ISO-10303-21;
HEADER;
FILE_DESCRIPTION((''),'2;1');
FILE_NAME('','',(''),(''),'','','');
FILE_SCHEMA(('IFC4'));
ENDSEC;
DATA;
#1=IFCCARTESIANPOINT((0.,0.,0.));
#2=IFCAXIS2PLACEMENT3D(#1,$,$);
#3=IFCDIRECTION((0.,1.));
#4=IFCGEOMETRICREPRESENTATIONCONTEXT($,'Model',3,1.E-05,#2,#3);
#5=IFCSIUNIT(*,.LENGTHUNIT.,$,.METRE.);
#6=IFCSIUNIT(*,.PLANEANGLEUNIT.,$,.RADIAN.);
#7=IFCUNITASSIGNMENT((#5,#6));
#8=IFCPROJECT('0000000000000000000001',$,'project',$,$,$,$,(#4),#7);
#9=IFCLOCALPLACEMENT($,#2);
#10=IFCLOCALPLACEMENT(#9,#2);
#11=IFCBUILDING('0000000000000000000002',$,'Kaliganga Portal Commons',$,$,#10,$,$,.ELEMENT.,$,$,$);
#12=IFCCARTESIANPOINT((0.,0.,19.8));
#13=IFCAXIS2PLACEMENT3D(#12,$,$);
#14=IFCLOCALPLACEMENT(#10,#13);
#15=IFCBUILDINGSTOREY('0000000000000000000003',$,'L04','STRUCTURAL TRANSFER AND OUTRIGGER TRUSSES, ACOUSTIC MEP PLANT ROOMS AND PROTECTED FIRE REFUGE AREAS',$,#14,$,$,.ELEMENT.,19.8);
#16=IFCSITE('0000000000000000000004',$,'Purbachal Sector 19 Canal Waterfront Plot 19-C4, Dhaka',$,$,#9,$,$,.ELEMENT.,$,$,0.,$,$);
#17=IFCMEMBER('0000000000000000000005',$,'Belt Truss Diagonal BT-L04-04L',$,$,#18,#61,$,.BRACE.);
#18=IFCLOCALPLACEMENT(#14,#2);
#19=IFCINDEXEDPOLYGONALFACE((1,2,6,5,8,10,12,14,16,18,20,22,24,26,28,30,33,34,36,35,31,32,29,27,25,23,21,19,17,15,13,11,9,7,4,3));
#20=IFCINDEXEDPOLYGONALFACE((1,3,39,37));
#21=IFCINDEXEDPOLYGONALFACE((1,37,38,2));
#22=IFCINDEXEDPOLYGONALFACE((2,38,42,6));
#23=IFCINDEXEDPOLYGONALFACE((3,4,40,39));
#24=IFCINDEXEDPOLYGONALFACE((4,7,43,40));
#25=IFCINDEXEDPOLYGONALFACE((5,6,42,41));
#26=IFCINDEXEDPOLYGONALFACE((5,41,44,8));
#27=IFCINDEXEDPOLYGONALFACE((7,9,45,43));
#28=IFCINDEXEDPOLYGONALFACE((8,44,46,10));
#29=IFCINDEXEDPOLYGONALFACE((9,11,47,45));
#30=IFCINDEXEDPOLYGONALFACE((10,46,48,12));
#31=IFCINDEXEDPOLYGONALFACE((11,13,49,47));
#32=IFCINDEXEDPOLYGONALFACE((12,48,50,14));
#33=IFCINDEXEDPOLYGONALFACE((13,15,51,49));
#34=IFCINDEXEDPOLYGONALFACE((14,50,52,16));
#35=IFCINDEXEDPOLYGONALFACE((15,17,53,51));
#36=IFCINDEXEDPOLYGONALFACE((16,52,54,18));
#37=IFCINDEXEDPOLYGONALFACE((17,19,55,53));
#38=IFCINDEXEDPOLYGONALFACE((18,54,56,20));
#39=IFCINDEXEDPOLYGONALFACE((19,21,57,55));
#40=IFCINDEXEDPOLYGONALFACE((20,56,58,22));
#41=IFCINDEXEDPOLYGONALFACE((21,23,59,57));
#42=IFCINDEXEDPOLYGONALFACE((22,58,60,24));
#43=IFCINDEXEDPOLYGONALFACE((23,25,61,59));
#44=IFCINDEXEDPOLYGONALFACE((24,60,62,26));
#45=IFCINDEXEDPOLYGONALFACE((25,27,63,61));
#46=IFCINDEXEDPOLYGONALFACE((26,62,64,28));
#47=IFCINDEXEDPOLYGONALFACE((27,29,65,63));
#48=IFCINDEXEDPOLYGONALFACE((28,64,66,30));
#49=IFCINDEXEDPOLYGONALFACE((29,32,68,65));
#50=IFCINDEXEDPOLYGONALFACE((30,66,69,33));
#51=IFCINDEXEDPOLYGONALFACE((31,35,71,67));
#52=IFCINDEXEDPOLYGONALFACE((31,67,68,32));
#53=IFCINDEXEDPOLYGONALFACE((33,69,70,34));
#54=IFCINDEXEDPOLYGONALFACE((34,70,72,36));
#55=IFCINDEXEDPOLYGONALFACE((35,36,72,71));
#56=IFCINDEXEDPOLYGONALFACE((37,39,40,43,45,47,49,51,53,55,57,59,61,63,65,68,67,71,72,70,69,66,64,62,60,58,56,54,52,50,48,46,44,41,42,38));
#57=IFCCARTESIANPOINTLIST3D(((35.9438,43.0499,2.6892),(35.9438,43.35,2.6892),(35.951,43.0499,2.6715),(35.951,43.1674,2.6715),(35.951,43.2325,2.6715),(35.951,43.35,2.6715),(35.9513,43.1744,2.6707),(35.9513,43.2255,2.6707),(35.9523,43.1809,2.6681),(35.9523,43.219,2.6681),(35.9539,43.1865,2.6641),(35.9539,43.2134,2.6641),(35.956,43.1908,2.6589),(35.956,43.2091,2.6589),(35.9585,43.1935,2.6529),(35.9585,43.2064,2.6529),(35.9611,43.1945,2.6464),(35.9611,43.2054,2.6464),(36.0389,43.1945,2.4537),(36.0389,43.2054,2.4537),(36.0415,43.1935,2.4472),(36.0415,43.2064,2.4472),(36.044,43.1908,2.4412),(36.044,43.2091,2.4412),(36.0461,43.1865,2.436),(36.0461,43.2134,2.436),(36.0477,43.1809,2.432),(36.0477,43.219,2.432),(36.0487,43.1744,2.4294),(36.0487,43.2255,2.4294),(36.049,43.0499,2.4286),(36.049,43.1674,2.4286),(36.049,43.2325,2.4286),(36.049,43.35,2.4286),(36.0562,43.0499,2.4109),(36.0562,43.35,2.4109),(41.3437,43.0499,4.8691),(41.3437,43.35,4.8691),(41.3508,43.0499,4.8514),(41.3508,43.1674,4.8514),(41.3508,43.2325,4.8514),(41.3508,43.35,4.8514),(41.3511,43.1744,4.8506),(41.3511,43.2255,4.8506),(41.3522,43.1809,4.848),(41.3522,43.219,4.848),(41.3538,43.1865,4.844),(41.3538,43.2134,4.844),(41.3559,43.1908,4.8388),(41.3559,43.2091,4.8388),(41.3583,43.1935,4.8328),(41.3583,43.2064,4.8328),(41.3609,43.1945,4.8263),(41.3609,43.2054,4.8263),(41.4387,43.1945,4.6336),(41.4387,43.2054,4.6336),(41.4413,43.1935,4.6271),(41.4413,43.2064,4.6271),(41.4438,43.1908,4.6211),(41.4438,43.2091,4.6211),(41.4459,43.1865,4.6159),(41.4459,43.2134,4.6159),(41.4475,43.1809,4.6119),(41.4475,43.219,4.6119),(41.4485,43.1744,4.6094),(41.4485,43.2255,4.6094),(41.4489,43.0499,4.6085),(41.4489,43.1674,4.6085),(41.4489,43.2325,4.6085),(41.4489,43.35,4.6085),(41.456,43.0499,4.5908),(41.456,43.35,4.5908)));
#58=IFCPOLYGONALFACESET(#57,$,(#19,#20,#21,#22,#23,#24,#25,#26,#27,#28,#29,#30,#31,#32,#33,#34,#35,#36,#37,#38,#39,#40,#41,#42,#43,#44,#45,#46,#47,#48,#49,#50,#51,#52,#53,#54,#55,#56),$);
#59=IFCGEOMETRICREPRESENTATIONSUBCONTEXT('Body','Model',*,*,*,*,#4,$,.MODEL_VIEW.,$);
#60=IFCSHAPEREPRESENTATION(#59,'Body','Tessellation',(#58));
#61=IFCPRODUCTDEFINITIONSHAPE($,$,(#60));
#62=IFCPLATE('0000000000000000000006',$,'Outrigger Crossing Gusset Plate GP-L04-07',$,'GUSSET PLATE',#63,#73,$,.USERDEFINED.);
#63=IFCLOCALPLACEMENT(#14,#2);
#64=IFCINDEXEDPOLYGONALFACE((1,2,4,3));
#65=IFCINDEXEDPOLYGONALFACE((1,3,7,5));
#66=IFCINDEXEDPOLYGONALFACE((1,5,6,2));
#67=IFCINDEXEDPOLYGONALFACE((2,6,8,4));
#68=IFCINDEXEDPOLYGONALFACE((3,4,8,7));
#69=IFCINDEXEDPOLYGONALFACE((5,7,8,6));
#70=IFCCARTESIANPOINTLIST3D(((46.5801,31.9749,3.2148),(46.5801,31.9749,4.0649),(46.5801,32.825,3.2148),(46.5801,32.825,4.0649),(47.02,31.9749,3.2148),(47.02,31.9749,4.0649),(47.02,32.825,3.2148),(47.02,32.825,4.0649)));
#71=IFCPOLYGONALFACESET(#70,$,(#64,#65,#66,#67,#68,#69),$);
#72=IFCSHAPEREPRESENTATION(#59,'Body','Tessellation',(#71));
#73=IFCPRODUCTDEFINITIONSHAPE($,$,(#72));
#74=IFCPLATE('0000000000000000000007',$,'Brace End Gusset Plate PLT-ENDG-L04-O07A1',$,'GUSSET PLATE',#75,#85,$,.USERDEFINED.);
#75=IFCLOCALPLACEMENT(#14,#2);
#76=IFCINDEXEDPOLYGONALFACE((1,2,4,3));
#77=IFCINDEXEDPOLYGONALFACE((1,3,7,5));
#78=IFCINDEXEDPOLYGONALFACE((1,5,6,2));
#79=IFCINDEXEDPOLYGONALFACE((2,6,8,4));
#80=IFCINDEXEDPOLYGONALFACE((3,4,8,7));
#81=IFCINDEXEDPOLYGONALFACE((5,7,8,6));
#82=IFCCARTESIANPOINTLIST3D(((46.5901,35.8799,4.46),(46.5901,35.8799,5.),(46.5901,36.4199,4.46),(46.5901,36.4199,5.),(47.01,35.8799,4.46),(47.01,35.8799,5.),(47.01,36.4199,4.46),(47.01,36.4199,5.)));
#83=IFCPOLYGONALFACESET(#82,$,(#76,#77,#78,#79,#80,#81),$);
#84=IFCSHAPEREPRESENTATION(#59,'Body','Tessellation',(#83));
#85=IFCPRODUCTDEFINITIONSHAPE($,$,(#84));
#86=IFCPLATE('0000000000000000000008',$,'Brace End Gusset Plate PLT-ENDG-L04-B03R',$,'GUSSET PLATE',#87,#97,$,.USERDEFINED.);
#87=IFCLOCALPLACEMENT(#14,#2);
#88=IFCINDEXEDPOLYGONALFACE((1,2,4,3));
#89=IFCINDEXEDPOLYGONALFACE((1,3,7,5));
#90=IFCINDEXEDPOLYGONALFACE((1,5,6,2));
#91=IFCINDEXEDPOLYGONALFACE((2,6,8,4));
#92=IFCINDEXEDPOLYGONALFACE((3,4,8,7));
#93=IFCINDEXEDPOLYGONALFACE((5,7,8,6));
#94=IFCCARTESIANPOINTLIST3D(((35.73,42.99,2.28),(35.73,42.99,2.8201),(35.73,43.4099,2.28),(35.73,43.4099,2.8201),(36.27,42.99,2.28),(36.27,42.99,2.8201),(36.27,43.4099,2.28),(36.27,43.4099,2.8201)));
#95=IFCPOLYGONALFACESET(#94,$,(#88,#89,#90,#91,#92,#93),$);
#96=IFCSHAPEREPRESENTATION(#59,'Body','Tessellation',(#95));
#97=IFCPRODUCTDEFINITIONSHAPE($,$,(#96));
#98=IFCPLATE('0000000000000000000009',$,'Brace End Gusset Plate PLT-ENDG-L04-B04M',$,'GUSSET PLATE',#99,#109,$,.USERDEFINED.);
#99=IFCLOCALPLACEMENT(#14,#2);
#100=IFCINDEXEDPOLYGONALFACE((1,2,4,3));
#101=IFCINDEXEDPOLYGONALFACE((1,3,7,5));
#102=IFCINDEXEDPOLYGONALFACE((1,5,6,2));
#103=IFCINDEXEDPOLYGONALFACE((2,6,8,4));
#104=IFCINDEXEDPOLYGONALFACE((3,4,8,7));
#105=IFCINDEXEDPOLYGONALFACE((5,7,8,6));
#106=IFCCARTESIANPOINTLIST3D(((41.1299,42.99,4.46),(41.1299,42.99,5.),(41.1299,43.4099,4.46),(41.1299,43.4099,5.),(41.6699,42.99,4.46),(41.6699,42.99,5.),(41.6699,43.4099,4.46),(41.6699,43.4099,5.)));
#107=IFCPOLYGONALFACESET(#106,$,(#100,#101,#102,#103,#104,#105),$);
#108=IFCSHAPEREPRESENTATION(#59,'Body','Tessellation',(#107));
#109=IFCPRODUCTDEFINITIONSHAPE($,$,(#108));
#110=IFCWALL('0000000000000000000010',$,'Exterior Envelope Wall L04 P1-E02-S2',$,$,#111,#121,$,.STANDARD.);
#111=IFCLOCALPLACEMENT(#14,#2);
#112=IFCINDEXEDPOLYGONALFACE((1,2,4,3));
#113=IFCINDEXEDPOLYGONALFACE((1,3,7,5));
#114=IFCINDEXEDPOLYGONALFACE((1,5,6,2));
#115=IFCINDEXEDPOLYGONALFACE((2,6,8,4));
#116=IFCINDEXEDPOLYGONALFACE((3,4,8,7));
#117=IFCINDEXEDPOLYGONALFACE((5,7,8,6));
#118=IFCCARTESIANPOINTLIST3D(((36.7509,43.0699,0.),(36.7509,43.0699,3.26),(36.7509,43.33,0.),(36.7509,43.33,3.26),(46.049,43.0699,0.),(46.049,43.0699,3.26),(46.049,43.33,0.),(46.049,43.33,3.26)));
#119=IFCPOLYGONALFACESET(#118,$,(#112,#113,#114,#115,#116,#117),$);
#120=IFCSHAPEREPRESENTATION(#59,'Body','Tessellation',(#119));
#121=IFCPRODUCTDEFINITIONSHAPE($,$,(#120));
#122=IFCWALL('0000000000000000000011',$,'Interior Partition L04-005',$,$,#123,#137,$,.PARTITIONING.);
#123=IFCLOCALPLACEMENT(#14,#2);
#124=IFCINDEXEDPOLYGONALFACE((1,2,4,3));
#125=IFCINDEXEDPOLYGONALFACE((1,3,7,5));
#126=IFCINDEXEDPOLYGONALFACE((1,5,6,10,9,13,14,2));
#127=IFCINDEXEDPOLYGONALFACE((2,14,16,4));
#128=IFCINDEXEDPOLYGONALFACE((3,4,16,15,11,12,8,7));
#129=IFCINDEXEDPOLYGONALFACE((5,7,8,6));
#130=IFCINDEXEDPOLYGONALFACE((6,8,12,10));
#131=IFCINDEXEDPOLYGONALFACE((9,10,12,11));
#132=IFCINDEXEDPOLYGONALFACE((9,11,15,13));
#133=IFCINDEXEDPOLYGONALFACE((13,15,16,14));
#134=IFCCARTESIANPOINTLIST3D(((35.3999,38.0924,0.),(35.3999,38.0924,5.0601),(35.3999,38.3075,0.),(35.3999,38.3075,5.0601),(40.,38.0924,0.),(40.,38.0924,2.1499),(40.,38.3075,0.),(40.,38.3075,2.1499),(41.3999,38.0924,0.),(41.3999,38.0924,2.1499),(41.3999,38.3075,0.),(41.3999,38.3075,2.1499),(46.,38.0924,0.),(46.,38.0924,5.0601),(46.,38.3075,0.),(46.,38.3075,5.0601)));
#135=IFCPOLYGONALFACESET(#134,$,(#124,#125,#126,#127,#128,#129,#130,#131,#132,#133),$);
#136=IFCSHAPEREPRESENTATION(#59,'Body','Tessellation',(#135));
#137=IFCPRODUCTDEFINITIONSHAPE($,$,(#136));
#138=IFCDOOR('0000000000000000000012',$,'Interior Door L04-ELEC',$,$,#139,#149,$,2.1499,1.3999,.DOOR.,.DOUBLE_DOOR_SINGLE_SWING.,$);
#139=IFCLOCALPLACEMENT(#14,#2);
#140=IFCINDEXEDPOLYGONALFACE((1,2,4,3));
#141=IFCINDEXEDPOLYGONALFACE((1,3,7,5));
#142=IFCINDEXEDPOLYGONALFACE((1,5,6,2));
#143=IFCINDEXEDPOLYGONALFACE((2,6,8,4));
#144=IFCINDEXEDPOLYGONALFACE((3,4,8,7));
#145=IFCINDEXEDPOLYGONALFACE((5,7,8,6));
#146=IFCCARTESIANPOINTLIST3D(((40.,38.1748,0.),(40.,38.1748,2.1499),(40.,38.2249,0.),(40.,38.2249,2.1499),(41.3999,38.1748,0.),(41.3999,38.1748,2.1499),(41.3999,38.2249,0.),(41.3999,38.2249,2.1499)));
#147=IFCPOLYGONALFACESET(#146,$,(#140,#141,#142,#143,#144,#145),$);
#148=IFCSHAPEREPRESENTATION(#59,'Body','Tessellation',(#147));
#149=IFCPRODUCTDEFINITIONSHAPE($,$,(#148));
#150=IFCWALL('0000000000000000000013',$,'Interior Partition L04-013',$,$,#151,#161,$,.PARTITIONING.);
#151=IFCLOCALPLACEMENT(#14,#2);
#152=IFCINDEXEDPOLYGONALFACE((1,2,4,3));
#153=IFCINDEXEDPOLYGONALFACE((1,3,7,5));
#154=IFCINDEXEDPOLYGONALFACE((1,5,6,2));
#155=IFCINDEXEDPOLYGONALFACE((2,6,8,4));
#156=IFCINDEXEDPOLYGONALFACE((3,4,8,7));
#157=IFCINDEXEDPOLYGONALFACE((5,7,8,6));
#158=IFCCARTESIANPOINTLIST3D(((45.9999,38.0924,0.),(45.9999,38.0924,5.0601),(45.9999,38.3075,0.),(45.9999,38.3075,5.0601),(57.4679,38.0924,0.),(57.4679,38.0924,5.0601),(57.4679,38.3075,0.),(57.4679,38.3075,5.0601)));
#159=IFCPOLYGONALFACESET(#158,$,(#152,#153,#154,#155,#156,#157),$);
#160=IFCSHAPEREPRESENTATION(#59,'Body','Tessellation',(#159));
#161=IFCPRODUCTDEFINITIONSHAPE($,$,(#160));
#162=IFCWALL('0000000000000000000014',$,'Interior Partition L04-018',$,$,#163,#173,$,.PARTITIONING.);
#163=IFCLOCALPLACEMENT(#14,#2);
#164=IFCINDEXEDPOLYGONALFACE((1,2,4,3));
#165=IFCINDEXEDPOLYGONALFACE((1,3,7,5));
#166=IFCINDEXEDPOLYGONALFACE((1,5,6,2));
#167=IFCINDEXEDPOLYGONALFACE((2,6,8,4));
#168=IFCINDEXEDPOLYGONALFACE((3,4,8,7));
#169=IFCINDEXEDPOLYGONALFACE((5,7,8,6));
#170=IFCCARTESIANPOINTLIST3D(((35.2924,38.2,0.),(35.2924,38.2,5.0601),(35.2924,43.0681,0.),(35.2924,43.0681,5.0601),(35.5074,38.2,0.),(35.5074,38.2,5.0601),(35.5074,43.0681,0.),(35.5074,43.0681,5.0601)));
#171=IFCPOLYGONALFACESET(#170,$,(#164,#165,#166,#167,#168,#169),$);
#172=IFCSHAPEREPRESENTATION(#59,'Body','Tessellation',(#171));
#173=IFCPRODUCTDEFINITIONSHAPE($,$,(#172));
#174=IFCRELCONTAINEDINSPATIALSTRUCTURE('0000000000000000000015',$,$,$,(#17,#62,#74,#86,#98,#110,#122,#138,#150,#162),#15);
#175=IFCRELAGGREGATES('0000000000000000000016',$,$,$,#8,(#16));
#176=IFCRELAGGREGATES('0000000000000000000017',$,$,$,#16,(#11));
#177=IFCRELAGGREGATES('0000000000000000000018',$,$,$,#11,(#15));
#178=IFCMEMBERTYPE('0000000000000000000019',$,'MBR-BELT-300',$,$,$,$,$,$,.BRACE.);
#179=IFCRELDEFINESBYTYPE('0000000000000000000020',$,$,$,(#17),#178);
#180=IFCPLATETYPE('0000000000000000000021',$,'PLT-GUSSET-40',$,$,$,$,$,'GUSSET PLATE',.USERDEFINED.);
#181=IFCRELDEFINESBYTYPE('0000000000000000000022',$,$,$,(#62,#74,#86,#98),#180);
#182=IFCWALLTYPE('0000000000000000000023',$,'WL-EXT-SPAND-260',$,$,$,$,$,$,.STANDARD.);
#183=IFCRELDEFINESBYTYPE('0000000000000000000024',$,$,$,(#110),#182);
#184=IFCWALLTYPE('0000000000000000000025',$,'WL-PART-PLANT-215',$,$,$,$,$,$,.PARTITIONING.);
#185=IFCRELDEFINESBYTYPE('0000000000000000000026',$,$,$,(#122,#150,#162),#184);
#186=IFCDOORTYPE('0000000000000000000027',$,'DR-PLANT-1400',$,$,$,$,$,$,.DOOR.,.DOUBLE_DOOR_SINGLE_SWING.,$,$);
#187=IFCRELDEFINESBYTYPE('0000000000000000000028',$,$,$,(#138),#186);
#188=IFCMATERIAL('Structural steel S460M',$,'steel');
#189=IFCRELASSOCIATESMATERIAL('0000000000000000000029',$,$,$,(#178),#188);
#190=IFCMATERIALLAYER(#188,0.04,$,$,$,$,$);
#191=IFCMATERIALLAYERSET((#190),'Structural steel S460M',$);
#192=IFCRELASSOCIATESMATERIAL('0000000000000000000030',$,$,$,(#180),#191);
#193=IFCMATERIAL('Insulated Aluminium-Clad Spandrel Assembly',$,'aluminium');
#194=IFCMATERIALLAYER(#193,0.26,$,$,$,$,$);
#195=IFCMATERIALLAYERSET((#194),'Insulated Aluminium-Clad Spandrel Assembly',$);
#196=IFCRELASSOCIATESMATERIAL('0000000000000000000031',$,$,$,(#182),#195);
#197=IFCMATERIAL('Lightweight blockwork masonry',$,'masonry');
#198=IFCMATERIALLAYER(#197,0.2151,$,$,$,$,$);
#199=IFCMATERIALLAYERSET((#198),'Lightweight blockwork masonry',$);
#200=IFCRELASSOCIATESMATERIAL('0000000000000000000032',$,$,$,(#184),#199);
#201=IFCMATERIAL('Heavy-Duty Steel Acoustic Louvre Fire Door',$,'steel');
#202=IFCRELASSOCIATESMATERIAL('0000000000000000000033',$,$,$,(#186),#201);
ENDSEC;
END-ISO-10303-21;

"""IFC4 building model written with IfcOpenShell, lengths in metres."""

from ifc_helpers import new_model, si_unit, direction, frame, frame_2d, origin, origin_2d, place, context, subcontext, project, spatial, rectangle, i_section, extrude, source, transform, mapped, material, layer, layer_set, material_profile, profile_set, type_object, element, fill, save


model = new_model("IFC4")

# Units and contexts
model_context = context("Model", 3, precision=1e-05, world=origin(), true_north=direction((0.0, 1.0)))
body_context = subcontext(model_context, "Body", "Model", "MODEL_VIEW")
ifc_project = project(units=[si_unit("LENGTHUNIT", "METRE"), si_unit("PLANEANGLEUNIT", "RADIAN")], contexts=[model_context])

# Site, building, storey
site_placement = place(None, origin())
site = spatial("IfcSite", under=ifc_project, at=site_placement, Name="Purbachal Sector 19 Canal Waterfront Plot 19-C4, Dhaka", CompositionType="ELEMENT", RefElevation=0.0)
building_placement = place(site_placement, origin())
building = spatial("IfcBuilding", under=site, at=building_placement, Name="Kaliganga Portal Commons", CompositionType="ELEMENT")
storey_placement = place(building_placement, frame((0.0, 0.0, 19.8)))
storey = spatial("IfcBuildingStorey", under=building, at=storey_placement, Name="L04", Description="STRUCTURAL TRANSFER AND OUTRIGGER TRUSSES, ACOUSTIC MEP PLANT ROOMS AND PROTECTED FIRE REFUGE AREAS", CompositionType="ELEMENT", Elevation=19.8)

# Member
ifc_material_1 = material(Name="Structural steel S460M", Category="steel")
ifc_material_profile_1 = material_profile(ifc_material_1, i_section(OverallWidth=0.3, OverallDepth=0.3, WebThickness=0.011, FlangeThickness=0.019, FilletRadius=0.0271, at=origin_2d()), Name="HE 300 B")
ifc_profile_set_1 = profile_set([ifc_material_profile_1], Name="Structural steel S460M wide-flange")
member_type_1 = type_object("IfcMemberType", Name="MBR-BELT-300", PredefinedType="BRACE", material=ifc_profile_set_1)
shared_shape_1 = source(origin(), body_context, "Body", "SweptSolid", [
    extrude(i_section(OverallWidth=0.3, OverallDepth=0.3, WebThickness=0.011, FlangeThickness=0.019, FilletRadius=0.0271, at=origin_2d()), origin(), (0.0, 0.0, 1.0), 5.8232),
])
member_1_placement = place(storey_placement, frame((36.0, 43.2, 2.55), z_axis=(0.927289, 0.0, 0.374345), x_axis=(0.0, 1.0, 0.0)))
element("IfcMember", 1, at=member_1_placement, inside=storey, type_object=member_type_1, Name="Belt Truss Diagonal BT-L04-04L", PredefinedType="BRACE", context=body_context, shape_type="MappedRepresentation", body=[
    mapped(shared_shape_1, transform((0.0, 0.0, 0.0), x_axis=(1.0, 0.0, 0.0), y_axis=(0.0, 1.0, 0.0), z_axis=(0.0, 0.0, 1.0), scale=1.0)),
])

# Plates
ifc_layer_1 = layer(ifc_material_1, 0.04)
ifc_layer_set_1 = layer_set([ifc_layer_1], Name="Structural steel S460M")
plate_type = type_object("IfcPlateType", Name="PLT-GUSSET-40", ElementType="GUSSET PLATE", PredefinedType="USERDEFINED", material=ifc_layer_set_1)
shared_shape_2 = source(origin(), body_context, "Body", "SweptSolid", [
    extrude(rectangle(XDim=0.8501, YDim=0.4399, at=origin_2d()), origin(), (0.0, 0.0, 1.0), 0.8501),
])
plate_placement = place(storey_placement, frame((46.8, 32.3999, 3.2148), z_axis=(0.0, 0.0, 1.0), x_axis=(0.0, 1.0, 0.0)))
element("IfcPlate", 2, at=plate_placement, inside=storey, type_object=plate_type, Name="Outrigger Crossing Gusset Plate GP-L04-07", ObjectType="GUSSET PLATE", PredefinedType="USERDEFINED", context=body_context, shape_type="MappedRepresentation", body=[
    mapped(shared_shape_2, transform((0.0, 0.0, 0.0), x_axis=(1.0, 0.0, 0.0), y_axis=(0.0, 1.0, 0.0), z_axis=(0.0, 0.0, 1.0), scale=1.0)),
])
shared_shape_3 = source(origin(), body_context, "Body", "SweptSolid", [
    extrude(rectangle(XDim=0.54, YDim=0.4199, at=origin_2d()), origin(), (0.0, 0.0, 1.0), 0.54),
])
for number, where, z_axis, x_axis, name in (
    (3, (46.8, 36.1499, 4.46), (0.0, 0.0, 1.0), (0.0, 1.0, 0.0), "Brace End Gusset Plate PLT-ENDG-L04-O07A1"),
    (4, (36.0, 43.2, 2.28), (0.0, 0.0, 1.0), (1.0, 0.0, 0.0), "Brace End Gusset Plate PLT-ENDG-L04-B03R"),
    (5, (41.3999, 43.2, 4.46), (0.0, 0.0, 1.0), (1.0, 0.0, 0.0), "Brace End Gusset Plate PLT-ENDG-L04-B04M"),
):
    element("IfcPlate", number, at=place(storey_placement, frame(where, z_axis=z_axis, x_axis=x_axis)), inside=storey, type_object=plate_type, Name=name, ObjectType="GUSSET PLATE", PredefinedType="USERDEFINED", context=body_context, shape_type="MappedRepresentation", body=[
        mapped(shared_shape_3, transform((0.0, 0.0, 0.0), x_axis=(1.0, 0.0, 0.0), y_axis=(0.0, 1.0, 0.0), z_axis=(0.0, 0.0, 1.0), scale=1.0)),
    ])

# Wall
ifc_material_2 = material(Name="Insulated Aluminium-Clad Spandrel Assembly", Category="aluminium")
ifc_layer_2 = layer(ifc_material_2, 0.26)
ifc_layer_set_2 = layer_set([ifc_layer_2], Name="Insulated Aluminium-Clad Spandrel Assembly")
wall_type_1 = type_object("IfcWallType", Name="WL-EXT-SPAND-260", PredefinedType="STANDARD", material=ifc_layer_set_2)
wall_1_placement = place(storey_placement, frame((36.751, 43.2, 0.0), z_axis=(0.0, 0.0, 1.0), x_axis=(1.0, 0.0, 0.0)))
element("IfcWall", 6, at=wall_1_placement, inside=storey, type_object=wall_type_1, Name="Exterior Envelope Wall L04 P1-E02-S2", PredefinedType="STANDARD", context=body_context, shape_type="SweptSolid", body=[
    extrude(rectangle(XDim=9.2981, YDim=0.26, at=frame_2d((4.6489, 0.0))), origin(), (0.0, 0.0, 1.0), 3.26),
])

# Wall, opening, door
ifc_material_3 = material(Name="Lightweight blockwork masonry", Category="masonry")
ifc_layer_3 = layer(ifc_material_3, 0.2151)
ifc_layer_set_3 = layer_set([ifc_layer_3], Name="Lightweight blockwork masonry")
wall_type_2 = type_object("IfcWallType", Name="WL-PART-PLANT-215", PredefinedType="PARTITIONING", material=ifc_layer_set_3)
wall_2_placement = place(storey_placement, frame((35.3999, 38.2, 0.0), z_axis=(0.0, 0.0, 1.0), x_axis=(1.0, 0.0, 0.0)))
wall_2 = element("IfcWall", 7, at=wall_2_placement, inside=storey, type_object=wall_type_2, Name="Interior Partition L04-005", PredefinedType="PARTITIONING", context=body_context, shape_type="SweptSolid", body=[
    extrude(rectangle(XDim=10.6001, YDim=0.2151, at=frame_2d((5.3, 0.0))), origin(), (0.0, 0.0, 1.0), 5.0601),
])
opening_placement = place(wall_2_placement, frame((4.6001, 0.0, 0.0)))
opening = element("IfcOpeningElement", 8, at=opening_placement, cuts=wall_2, PredefinedType="OPENING", context=body_context, shape_type="SweptSolid", body=[
    extrude(rectangle(XDim=1.3999, YDim=2.1499, at=frame_2d((0.7, 1.075))), frame((0.0, 0.1177, 0.0), z_axis=(0.0, -1.0, 0.0), x_axis=(1.0, 0.0, 0.0)), (0.0, 0.0, 1.0), 0.2351),
])
ifc_material_4 = material(Name="Heavy-Duty Steel Acoustic Louvre Fire Door", Category="steel")
door_type = type_object("IfcDoorType", Name="DR-PLANT-1400", OperationType="DOUBLE_DOOR_SINGLE_SWING", PredefinedType="DOOR", material=ifc_material_4)
door_placement = place(opening_placement, origin())
door = element("IfcDoor", 9, at=door_placement, inside=storey, type_object=door_type, Name="Interior Door L04-ELEC", OperationType="DOUBLE_DOOR_SINGLE_SWING", OverallHeight=2.1499, OverallWidth=1.3999, PredefinedType="DOOR", context=body_context, shape_type="SweptSolid", body=[
    extrude(rectangle(XDim=1.3999, YDim=2.1499, at=frame_2d((0.7, 1.075))), frame((0.0, 0.0249, 0.0), z_axis=(0.0, -1.0, 0.0), x_axis=(1.0, 0.0, 0.0)), (0.0, 0.0, 1.0), 0.05),
])
fill(opening, door)

# Walls
wall_3_placement = place(storey_placement, frame((46.0, 38.2, 0.0), z_axis=(0.0, 0.0, 1.0), x_axis=(1.0, 0.0, 0.0)))
element("IfcWall", 10, at=wall_3_placement, inside=storey, type_object=wall_type_2, Name="Interior Partition L04-013", PredefinedType="PARTITIONING", context=body_context, shape_type="SweptSolid", body=[
    extrude(rectangle(XDim=11.468, YDim=0.2151, at=frame_2d((5.7339, 0.0))), origin(), (0.0, 0.0, 1.0), 5.0601),
])
wall_4_placement = place(storey_placement, frame((35.3999, 38.2, 0.0), z_axis=(0.0, 0.0, 1.0), x_axis=(0.0, 1.0, 0.0)))
element("IfcWall", 11, at=wall_4_placement, inside=storey, type_object=wall_type_2, Name="Interior Partition L04-018", PredefinedType="PARTITIONING", context=body_context, shape_type="SweptSolid", body=[
    extrude(rectangle(XDim=4.8682, YDim=0.2151, at=frame_2d((2.4341, 0.0))), origin(), (0.0, 0.0, 1.0), 5.0601),
])

save(model, "model.ifc")
